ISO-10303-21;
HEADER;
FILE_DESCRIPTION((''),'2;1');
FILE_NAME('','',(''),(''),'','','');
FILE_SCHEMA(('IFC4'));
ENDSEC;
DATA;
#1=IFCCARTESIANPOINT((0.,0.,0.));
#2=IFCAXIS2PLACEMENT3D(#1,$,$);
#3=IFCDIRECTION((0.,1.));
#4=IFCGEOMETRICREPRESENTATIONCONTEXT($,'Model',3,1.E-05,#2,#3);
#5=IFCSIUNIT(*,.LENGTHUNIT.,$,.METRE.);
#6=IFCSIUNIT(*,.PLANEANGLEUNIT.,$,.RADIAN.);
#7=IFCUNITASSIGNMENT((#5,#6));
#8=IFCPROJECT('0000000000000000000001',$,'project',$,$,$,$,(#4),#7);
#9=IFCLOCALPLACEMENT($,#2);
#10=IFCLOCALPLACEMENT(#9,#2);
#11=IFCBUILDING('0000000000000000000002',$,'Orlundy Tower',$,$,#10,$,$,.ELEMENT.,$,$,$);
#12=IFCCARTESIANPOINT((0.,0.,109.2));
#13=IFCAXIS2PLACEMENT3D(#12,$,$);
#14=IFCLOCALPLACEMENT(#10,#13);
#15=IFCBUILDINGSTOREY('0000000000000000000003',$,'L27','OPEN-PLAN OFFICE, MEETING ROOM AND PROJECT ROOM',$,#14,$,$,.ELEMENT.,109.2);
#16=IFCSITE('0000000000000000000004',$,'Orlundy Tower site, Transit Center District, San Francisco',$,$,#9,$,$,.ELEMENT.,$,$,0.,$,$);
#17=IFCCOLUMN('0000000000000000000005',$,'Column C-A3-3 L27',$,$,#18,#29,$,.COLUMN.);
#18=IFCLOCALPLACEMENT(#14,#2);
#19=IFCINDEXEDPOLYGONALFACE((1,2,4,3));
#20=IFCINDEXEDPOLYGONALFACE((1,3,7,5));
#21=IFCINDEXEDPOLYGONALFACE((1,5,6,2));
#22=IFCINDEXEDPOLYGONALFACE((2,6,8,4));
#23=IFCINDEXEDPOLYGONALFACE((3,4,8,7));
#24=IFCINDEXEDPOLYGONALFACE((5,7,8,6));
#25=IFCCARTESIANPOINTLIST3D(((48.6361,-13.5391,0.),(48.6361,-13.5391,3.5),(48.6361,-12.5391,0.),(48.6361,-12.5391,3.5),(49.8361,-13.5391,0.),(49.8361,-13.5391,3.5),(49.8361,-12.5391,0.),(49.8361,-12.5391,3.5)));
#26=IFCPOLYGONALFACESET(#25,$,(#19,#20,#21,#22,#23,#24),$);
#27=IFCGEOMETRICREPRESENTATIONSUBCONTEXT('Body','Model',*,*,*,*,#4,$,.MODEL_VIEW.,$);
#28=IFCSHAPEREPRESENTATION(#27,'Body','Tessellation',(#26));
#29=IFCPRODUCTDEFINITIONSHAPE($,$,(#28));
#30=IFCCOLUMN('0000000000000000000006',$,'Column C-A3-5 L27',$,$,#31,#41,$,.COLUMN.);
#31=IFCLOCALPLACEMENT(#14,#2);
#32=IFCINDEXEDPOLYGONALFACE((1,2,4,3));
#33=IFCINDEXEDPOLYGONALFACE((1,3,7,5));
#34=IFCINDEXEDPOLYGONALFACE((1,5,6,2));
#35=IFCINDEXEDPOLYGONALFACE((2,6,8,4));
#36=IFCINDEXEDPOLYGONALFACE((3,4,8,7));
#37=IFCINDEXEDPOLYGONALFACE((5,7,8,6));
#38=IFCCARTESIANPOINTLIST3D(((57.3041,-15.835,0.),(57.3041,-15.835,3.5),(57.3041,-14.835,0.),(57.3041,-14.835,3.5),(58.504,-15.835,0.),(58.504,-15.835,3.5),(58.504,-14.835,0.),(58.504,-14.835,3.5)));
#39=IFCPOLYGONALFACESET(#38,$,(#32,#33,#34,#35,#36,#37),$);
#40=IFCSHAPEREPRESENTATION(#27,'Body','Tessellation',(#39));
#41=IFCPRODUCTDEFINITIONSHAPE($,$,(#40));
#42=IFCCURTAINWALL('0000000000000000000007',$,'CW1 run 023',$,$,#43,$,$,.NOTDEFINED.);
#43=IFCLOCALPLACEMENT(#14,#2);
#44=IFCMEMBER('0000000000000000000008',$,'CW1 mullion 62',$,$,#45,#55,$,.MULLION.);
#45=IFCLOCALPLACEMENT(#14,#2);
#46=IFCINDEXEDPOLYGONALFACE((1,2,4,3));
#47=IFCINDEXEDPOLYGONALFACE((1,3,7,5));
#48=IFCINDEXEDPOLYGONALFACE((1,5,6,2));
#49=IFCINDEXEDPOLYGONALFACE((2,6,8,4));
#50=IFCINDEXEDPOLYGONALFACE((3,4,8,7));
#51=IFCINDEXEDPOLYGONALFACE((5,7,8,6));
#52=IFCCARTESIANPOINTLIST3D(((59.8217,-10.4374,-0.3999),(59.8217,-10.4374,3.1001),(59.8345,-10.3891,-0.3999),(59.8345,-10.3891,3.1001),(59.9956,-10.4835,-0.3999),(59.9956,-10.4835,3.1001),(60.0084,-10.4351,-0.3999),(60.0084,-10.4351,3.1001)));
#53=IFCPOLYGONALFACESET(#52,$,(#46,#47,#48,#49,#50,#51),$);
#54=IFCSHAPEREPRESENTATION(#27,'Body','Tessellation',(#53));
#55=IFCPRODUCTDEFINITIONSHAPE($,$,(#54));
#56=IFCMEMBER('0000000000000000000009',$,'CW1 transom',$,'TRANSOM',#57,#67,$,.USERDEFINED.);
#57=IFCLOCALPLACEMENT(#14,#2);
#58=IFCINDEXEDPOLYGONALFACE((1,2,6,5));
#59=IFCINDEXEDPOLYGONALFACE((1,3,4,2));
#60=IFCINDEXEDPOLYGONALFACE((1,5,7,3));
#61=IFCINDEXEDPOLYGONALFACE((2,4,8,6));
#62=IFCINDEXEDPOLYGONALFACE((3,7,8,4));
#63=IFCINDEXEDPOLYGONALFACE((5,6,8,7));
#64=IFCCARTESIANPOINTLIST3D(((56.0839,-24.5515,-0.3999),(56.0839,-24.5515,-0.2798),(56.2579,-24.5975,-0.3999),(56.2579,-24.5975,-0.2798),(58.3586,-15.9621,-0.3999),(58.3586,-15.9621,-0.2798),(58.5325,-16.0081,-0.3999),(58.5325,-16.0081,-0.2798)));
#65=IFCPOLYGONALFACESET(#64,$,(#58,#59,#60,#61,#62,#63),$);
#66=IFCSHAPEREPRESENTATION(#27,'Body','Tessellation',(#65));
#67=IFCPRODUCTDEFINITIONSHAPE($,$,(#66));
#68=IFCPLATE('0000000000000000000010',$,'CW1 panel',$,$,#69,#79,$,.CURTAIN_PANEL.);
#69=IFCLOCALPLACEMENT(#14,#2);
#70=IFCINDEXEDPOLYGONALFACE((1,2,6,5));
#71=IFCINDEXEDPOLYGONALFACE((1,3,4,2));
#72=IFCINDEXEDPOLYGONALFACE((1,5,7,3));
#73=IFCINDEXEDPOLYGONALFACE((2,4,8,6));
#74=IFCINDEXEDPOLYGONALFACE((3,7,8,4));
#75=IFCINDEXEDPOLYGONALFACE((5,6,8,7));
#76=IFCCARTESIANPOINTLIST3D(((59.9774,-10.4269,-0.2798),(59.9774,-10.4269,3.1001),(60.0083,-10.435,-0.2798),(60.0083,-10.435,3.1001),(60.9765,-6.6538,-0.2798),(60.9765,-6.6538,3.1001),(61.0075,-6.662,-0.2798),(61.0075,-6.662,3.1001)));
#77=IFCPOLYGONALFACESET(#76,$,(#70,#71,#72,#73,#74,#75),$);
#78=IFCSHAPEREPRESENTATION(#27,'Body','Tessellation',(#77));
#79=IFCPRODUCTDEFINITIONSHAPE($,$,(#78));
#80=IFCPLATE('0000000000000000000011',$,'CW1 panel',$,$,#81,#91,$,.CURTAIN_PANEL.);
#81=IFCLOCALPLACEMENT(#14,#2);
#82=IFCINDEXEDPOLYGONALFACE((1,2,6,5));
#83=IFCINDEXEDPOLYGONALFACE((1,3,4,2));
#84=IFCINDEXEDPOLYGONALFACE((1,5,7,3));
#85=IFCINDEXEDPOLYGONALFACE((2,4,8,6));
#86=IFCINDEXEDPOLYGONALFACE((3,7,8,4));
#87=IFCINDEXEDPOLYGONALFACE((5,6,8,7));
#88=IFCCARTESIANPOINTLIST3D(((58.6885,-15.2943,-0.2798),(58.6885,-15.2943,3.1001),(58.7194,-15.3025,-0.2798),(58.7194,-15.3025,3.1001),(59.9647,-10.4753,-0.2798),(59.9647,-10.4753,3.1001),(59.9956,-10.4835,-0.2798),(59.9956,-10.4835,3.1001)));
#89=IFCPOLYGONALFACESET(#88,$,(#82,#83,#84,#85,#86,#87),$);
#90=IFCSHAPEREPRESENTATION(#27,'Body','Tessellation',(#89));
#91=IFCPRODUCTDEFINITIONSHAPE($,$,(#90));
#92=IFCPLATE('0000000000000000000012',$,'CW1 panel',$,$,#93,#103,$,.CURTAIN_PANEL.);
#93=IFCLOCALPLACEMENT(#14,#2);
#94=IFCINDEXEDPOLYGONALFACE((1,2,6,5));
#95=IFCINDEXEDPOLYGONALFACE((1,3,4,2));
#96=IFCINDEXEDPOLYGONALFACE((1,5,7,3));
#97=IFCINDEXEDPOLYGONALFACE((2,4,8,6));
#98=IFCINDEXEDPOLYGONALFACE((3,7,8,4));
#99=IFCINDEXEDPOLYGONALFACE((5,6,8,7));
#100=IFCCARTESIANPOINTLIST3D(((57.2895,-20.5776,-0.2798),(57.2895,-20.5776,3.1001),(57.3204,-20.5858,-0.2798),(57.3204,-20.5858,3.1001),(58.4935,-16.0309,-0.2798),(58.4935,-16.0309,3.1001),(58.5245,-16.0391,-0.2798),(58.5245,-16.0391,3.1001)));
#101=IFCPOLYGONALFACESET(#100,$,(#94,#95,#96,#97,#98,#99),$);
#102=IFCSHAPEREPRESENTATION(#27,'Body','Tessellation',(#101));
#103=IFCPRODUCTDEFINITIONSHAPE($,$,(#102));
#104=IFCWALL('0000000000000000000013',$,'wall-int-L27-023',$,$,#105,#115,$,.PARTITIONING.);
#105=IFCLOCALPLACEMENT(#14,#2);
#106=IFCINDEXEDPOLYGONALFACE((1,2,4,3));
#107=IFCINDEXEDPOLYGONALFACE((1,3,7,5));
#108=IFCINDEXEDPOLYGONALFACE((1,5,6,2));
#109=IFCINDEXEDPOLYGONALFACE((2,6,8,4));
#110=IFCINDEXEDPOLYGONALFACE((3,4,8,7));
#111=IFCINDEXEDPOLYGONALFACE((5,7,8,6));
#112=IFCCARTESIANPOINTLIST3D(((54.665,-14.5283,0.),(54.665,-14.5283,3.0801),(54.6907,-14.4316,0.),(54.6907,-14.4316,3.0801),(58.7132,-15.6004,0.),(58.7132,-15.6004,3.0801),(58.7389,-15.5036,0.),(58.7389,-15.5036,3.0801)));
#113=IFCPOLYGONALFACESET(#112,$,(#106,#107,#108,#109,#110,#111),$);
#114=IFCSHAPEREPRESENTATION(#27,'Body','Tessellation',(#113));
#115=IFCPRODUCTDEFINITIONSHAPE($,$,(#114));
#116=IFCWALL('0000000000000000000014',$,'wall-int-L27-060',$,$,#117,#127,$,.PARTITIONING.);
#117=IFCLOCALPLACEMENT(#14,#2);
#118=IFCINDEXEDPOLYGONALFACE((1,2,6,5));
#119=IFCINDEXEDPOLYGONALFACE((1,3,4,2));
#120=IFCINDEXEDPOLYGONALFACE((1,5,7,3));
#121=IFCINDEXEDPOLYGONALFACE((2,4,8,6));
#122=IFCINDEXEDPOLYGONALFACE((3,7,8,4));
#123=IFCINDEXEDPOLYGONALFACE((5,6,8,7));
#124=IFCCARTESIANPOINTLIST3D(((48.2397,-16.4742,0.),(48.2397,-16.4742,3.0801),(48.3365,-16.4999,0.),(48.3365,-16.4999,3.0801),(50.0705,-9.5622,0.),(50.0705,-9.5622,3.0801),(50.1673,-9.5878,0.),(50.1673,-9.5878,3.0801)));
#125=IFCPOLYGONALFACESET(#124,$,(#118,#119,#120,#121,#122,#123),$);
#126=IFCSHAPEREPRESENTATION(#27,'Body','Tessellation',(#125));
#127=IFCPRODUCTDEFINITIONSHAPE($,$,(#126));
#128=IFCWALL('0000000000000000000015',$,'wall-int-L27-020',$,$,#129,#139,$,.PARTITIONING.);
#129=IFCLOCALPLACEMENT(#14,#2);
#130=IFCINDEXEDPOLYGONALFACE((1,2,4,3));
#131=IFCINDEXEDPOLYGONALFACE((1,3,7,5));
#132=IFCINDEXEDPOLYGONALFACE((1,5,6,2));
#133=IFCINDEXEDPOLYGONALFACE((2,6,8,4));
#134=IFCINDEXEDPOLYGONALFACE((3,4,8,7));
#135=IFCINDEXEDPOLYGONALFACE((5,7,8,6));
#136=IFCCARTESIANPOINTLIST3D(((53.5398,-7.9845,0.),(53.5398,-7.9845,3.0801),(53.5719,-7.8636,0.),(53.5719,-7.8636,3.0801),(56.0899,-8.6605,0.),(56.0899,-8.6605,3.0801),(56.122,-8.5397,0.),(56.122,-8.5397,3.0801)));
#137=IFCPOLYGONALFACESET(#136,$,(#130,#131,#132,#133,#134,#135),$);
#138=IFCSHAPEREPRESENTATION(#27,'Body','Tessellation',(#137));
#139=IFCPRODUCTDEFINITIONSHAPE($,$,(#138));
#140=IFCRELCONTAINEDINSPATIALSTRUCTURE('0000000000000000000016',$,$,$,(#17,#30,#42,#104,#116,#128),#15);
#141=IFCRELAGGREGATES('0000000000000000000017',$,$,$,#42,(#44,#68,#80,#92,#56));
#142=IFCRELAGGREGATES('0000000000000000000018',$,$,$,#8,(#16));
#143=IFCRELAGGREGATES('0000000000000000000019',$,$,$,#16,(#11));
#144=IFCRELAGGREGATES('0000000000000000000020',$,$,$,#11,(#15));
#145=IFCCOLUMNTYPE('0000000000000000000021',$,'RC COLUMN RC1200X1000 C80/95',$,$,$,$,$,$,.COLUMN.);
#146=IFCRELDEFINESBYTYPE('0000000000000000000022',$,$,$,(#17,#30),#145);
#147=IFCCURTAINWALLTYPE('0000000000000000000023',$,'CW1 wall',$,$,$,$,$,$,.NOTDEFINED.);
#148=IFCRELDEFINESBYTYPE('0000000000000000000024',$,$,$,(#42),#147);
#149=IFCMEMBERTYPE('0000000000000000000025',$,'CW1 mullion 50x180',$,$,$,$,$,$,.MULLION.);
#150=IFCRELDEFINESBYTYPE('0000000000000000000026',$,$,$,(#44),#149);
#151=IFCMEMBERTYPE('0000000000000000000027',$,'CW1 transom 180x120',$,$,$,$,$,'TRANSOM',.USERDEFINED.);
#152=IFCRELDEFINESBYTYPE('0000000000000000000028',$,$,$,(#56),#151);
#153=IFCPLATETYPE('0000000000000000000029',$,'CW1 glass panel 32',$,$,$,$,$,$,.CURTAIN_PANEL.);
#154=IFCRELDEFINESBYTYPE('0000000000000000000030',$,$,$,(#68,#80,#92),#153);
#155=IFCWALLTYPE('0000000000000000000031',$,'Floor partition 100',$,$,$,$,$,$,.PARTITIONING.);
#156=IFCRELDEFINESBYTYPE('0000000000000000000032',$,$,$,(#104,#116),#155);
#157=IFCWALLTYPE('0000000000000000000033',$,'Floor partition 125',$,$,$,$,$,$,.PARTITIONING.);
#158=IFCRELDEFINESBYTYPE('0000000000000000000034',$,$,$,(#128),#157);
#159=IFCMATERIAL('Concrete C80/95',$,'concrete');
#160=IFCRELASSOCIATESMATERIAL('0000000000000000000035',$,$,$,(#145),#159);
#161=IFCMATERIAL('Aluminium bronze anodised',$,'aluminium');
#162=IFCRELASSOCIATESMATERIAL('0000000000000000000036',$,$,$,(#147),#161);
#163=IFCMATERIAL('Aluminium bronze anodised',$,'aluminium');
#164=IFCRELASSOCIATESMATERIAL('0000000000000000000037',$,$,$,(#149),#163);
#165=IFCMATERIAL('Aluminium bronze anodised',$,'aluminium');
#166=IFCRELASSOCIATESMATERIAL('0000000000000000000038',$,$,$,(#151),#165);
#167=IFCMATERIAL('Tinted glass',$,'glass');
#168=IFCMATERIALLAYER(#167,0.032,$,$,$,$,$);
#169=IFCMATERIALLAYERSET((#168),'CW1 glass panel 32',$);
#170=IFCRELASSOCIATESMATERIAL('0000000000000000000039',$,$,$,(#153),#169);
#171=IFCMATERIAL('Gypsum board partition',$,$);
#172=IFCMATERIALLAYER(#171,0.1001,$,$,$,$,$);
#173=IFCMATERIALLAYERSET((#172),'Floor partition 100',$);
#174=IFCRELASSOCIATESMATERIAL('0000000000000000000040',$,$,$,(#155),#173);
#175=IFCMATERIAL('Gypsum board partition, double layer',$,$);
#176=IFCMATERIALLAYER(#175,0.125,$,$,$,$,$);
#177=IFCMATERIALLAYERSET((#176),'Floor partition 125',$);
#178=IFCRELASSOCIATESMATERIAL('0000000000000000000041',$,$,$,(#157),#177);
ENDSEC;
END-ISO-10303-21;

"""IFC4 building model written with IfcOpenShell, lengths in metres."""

from ifc_helpers import new_model, si_unit, direction, frame, frame_2d, origin, origin_2d, place, context, subcontext, project, spatial, rectangle, extrude, material, layer, layer_set, material_profile, profile_set, type_object, element, aggregate, save


model = new_model("IFC4")

# Units and contexts
model_context = context("Model", 3, precision=1e-05, world=origin(), true_north=direction((0.0, 1.0)))
body_context = subcontext(model_context, "Body", "Model", "MODEL_VIEW")
ifc_project = project(units=[si_unit("LENGTHUNIT", "METRE"), si_unit("PLANEANGLEUNIT", "RADIAN")], contexts=[model_context])

# Site, building, storey
site_placement = place(None, origin())
site = spatial("IfcSite", under=ifc_project, at=site_placement, Name="Orlundy Tower site, Transit Center District, San Francisco", CompositionType="ELEMENT", RefElevation=0.0)
building_placement = place(site_placement, origin())
building = spatial("IfcBuilding", under=site, at=building_placement, Name="Orlundy Tower", CompositionType="ELEMENT")
storey_placement = place(building_placement, frame((0.0, 0.0, 109.2)))
storey = spatial("IfcBuildingStorey", under=building, at=storey_placement, Name="L27", Description="OPEN-PLAN OFFICE, MEETING ROOM AND PROJECT ROOM", CompositionType="ELEMENT", Elevation=109.2)

# Columns
ifc_material_1 = material(Name="Concrete C80/95", Category="concrete")
ifc_material_profile_1 = material_profile(ifc_material_1, rectangle(XDim=1.2, YDim=1.0, at=origin_2d()), Name="RC1200X1000")
ifc_profile_set_1 = profile_set([ifc_material_profile_1], Name="Concrete C80/95")
column_type = type_object("IfcColumnType", Name="RC COLUMN RC1200X1000 C80/95", PredefinedType="COLUMN", material=ifc_profile_set_1)
for number, where, z_axis, x_axis, name in (
    (1, (49.2361, -13.0391, 0.0), (0.0, 0.0, 1.0), (1.0, 0.0, 0.0), "Column C-A3-3 L27"),
    (2, (57.9041, -15.335, 0.0), (0.0, 0.0, 1.0), (1.0, 0.0, 0.0), "Column C-A3-5 L27"),
):
    element("IfcColumn", number, at=place(storey_placement, frame(where, z_axis=z_axis, x_axis=x_axis)), inside=storey, type_object=column_type, Name=name, PredefinedType="COLUMN", context=body_context, shape_type="SweptSolid", body=[
        extrude(rectangle(XDim=1.2, YDim=1.0, at=origin_2d()), origin(), (0.0, 0.0, 1.0), 3.5),
    ])

# Curtain wall, members, plates
ifc_material_2 = material(Name="Aluminium bronze anodised", Category="aluminium")
curtain_wall_type = type_object("IfcCurtainWallType", Name="CW1 wall", PredefinedType="NOTDEFINED", material=ifc_material_2)
curtain_wall_placement = place(storey_placement, origin())
curtain_wall = element("IfcCurtainWall", 3, at=curtain_wall_placement, inside=storey, type_object=curtain_wall_type, Name="CW1 run 023", PredefinedType="NOTDEFINED")
ifc_material_3 = material(Name="Aluminium bronze anodised", Category="aluminium")
ifc_material_profile_2 = material_profile(ifc_material_3, rectangle(XDim=0.1799, YDim=0.05, at=origin_2d()), Name="CW1 mullion 50x180")
ifc_profile_set_2 = profile_set([ifc_material_profile_2], Name="Aluminium bronze anodised")
member_type_1 = type_object("IfcMemberType", Name="CW1 mullion 50x180", PredefinedType="MULLION", material=ifc_profile_set_2)
member_1_placement = place(storey_placement, frame((59.915, -10.4363, -0.3999), z_axis=(0.0, 0.0, 1.0), x_axis=(0.966679, -0.255991, 0.0)))
member_1 = element("IfcMember", 4, at=member_1_placement, type_object=member_type_1, Name="CW1 mullion 62", PredefinedType="MULLION", context=body_context, shape_type="SweptSolid", body=[
    extrude(rectangle(XDim=0.1799, YDim=0.05, at=origin_2d()), origin(), (0.0, 0.0, 1.0), 3.5),
])
ifc_material_4 = material(Name="Aluminium bronze anodised", Category="aluminium")
ifc_material_profile_3 = material_profile(ifc_material_4, rectangle(XDim=0.1799, YDim=0.1201, at=origin_2d()), Name="CW1 transom 180x120")
ifc_profile_set_3 = profile_set([ifc_material_profile_3], Name="Aluminium bronze anodised")
member_type_2 = type_object("IfcMemberType", Name="CW1 transom 180x120", ElementType="TRANSOM", PredefinedType="USERDEFINED", material=ifc_profile_set_3)
member_2_placement = place(storey_placement, frame((58.4456, -15.9851, -0.3398), z_axis=(-0.255998, -0.966677, 0.0), x_axis=(0.966677, -0.255998, 0.0)))
member_2 = element("IfcMember", 5, at=member_2_placement, type_object=member_type_2, Name="CW1 transom", ObjectType="TRANSOM", PredefinedType="USERDEFINED", context=body_context, shape_type="SweptSolid", body=[
    extrude(rectangle(XDim=0.1799, YDim=0.1201, at=origin_2d()), origin(), (0.0, 0.0, 1.0), 8.8855),
])
ifc_material_5 = material(Name="Tinted glass", Category="glass")
ifc_layer_1 = layer(ifc_material_5, 0.032)
ifc_layer_set_1 = layer_set([ifc_layer_1], Name="CW1 glass panel 32")
plate_type = type_object("IfcPlateType", Name="CW1 glass panel 32", PredefinedType="CURTAIN_PANEL", material=ifc_layer_set_1)
plate_1_placement = place(storey_placement, frame((60.4924, -8.5444, -0.2798), z_axis=(0.0, 0.0, 1.0), x_axis=(-0.255991, -0.966679, 0.0)))
plate_1 = element("IfcPlate", 6, at=plate_1_placement, type_object=plate_type, Name="CW1 panel", PredefinedType="CURTAIN_PANEL", context=body_context, shape_type="SweptSolid", body=[
    extrude(rectangle(XDim=3.9031, YDim=0.032, at=origin_2d()), origin(), (0.0, 0.0, 1.0), 3.3799),
])
plate_2_placement = place(storey_placement, frame((59.342, -12.8889, -0.2798), z_axis=(0.0, 0.0, 1.0), x_axis=(-0.255991, -0.966679, 0.0)))
plate_2 = element("IfcPlate", 7, at=plate_2_placement, type_object=plate_type, Name="CW1 panel", PredefinedType="CURTAIN_PANEL", context=body_context, shape_type="SweptSolid", body=[
    extrude(rectangle(XDim=4.9851, YDim=0.032, at=origin_2d()), origin(), (0.0, 0.0, 1.0), 3.3799),
])
plate_3_placement = place(storey_placement, frame((57.907, -18.3083, -0.2798), z_axis=(0.0, 0.0, 1.0), x_axis=(-0.255991, -0.966679, 0.0)))
plate_3 = element("IfcPlate", 8, at=plate_3_placement, type_object=plate_type, Name="CW1 panel", PredefinedType="CURTAIN_PANEL", context=body_context, shape_type="SweptSolid", body=[
    extrude(rectangle(XDim=4.7034, YDim=0.032, at=origin_2d()), origin(), (0.0, 0.0, 1.0), 3.3799),
])
aggregate(curtain_wall, [member_1, plate_1, plate_2, plate_3, member_2])

# Walls
ifc_material_6 = material(Name="Gypsum board partition")
ifc_layer_2 = layer(ifc_material_6, 0.1001)
ifc_layer_set_2 = layer_set([ifc_layer_2], Name="Floor partition 100")
wall_type_1 = type_object("IfcWallType", Name="Floor partition 100", PredefinedType="PARTITIONING", material=ifc_layer_set_2)
wall_1_placement = place(storey_placement, frame((54.678, -14.48, 0.0), z_axis=(0.0, 0.0, 1.0), x_axis=(0.966678, -0.255997, 0.0)))
element("IfcWall", 9, at=wall_1_placement, inside=storey, type_object=wall_type_1, Name="wall-int-L27-023", PredefinedType="PARTITIONING", context=body_context, shape_type="SweptSolid", body=[
    extrude(rectangle(XDim=4.1877, YDim=0.1001, at=frame_2d((2.0938, 0.0))), origin(), (0.0, 0.0, 1.0), 3.0801),
])
wall_2_placement = place(storey_placement, frame((48.2881, -16.4871, 0.0), z_axis=(0.0, 0.0, 1.0), x_axis=(0.256041, 0.966666, 0.0)))
element("IfcWall", 10, at=wall_2_placement, inside=storey, type_object=wall_type_1, Name="wall-int-L27-060", PredefinedType="PARTITIONING", context=body_context, shape_type="SweptSolid", body=[
    extrude(rectangle(XDim=7.1504, YDim=0.1001, at=frame_2d((3.5752, 0.0))), origin(), (0.0, 0.0, 1.0), 3.0801),
])
ifc_material_7 = material(Name="Gypsum board partition, double layer")
ifc_layer_3 = layer(ifc_material_7, 0.125)
ifc_layer_set_3 = layer_set([ifc_layer_3], Name="Floor partition 125")
wall_type_2 = type_object("IfcWallType", Name="Floor partition 125", PredefinedType="PARTITIONING", material=ifc_layer_set_3)
wall_3_placement = place(storey_placement, frame((56.106, -8.6001, 0.0), z_axis=(0.0, 0.0, 1.0), x_axis=(-0.96661, 0.256251, 0.0)))
element("IfcWall", 11, at=wall_3_placement, inside=storey, type_object=wall_type_2, Name="wall-int-L27-020", PredefinedType="PARTITIONING", context=body_context, shape_type="SweptSolid", body=[
    extrude(rectangle(XDim=2.6382, YDim=0.125, at=frame_2d((1.3191, 0.0))), origin(), (0.0, 0.0, 1.0), 3.0801),
])

save(model, "model.ifc")
